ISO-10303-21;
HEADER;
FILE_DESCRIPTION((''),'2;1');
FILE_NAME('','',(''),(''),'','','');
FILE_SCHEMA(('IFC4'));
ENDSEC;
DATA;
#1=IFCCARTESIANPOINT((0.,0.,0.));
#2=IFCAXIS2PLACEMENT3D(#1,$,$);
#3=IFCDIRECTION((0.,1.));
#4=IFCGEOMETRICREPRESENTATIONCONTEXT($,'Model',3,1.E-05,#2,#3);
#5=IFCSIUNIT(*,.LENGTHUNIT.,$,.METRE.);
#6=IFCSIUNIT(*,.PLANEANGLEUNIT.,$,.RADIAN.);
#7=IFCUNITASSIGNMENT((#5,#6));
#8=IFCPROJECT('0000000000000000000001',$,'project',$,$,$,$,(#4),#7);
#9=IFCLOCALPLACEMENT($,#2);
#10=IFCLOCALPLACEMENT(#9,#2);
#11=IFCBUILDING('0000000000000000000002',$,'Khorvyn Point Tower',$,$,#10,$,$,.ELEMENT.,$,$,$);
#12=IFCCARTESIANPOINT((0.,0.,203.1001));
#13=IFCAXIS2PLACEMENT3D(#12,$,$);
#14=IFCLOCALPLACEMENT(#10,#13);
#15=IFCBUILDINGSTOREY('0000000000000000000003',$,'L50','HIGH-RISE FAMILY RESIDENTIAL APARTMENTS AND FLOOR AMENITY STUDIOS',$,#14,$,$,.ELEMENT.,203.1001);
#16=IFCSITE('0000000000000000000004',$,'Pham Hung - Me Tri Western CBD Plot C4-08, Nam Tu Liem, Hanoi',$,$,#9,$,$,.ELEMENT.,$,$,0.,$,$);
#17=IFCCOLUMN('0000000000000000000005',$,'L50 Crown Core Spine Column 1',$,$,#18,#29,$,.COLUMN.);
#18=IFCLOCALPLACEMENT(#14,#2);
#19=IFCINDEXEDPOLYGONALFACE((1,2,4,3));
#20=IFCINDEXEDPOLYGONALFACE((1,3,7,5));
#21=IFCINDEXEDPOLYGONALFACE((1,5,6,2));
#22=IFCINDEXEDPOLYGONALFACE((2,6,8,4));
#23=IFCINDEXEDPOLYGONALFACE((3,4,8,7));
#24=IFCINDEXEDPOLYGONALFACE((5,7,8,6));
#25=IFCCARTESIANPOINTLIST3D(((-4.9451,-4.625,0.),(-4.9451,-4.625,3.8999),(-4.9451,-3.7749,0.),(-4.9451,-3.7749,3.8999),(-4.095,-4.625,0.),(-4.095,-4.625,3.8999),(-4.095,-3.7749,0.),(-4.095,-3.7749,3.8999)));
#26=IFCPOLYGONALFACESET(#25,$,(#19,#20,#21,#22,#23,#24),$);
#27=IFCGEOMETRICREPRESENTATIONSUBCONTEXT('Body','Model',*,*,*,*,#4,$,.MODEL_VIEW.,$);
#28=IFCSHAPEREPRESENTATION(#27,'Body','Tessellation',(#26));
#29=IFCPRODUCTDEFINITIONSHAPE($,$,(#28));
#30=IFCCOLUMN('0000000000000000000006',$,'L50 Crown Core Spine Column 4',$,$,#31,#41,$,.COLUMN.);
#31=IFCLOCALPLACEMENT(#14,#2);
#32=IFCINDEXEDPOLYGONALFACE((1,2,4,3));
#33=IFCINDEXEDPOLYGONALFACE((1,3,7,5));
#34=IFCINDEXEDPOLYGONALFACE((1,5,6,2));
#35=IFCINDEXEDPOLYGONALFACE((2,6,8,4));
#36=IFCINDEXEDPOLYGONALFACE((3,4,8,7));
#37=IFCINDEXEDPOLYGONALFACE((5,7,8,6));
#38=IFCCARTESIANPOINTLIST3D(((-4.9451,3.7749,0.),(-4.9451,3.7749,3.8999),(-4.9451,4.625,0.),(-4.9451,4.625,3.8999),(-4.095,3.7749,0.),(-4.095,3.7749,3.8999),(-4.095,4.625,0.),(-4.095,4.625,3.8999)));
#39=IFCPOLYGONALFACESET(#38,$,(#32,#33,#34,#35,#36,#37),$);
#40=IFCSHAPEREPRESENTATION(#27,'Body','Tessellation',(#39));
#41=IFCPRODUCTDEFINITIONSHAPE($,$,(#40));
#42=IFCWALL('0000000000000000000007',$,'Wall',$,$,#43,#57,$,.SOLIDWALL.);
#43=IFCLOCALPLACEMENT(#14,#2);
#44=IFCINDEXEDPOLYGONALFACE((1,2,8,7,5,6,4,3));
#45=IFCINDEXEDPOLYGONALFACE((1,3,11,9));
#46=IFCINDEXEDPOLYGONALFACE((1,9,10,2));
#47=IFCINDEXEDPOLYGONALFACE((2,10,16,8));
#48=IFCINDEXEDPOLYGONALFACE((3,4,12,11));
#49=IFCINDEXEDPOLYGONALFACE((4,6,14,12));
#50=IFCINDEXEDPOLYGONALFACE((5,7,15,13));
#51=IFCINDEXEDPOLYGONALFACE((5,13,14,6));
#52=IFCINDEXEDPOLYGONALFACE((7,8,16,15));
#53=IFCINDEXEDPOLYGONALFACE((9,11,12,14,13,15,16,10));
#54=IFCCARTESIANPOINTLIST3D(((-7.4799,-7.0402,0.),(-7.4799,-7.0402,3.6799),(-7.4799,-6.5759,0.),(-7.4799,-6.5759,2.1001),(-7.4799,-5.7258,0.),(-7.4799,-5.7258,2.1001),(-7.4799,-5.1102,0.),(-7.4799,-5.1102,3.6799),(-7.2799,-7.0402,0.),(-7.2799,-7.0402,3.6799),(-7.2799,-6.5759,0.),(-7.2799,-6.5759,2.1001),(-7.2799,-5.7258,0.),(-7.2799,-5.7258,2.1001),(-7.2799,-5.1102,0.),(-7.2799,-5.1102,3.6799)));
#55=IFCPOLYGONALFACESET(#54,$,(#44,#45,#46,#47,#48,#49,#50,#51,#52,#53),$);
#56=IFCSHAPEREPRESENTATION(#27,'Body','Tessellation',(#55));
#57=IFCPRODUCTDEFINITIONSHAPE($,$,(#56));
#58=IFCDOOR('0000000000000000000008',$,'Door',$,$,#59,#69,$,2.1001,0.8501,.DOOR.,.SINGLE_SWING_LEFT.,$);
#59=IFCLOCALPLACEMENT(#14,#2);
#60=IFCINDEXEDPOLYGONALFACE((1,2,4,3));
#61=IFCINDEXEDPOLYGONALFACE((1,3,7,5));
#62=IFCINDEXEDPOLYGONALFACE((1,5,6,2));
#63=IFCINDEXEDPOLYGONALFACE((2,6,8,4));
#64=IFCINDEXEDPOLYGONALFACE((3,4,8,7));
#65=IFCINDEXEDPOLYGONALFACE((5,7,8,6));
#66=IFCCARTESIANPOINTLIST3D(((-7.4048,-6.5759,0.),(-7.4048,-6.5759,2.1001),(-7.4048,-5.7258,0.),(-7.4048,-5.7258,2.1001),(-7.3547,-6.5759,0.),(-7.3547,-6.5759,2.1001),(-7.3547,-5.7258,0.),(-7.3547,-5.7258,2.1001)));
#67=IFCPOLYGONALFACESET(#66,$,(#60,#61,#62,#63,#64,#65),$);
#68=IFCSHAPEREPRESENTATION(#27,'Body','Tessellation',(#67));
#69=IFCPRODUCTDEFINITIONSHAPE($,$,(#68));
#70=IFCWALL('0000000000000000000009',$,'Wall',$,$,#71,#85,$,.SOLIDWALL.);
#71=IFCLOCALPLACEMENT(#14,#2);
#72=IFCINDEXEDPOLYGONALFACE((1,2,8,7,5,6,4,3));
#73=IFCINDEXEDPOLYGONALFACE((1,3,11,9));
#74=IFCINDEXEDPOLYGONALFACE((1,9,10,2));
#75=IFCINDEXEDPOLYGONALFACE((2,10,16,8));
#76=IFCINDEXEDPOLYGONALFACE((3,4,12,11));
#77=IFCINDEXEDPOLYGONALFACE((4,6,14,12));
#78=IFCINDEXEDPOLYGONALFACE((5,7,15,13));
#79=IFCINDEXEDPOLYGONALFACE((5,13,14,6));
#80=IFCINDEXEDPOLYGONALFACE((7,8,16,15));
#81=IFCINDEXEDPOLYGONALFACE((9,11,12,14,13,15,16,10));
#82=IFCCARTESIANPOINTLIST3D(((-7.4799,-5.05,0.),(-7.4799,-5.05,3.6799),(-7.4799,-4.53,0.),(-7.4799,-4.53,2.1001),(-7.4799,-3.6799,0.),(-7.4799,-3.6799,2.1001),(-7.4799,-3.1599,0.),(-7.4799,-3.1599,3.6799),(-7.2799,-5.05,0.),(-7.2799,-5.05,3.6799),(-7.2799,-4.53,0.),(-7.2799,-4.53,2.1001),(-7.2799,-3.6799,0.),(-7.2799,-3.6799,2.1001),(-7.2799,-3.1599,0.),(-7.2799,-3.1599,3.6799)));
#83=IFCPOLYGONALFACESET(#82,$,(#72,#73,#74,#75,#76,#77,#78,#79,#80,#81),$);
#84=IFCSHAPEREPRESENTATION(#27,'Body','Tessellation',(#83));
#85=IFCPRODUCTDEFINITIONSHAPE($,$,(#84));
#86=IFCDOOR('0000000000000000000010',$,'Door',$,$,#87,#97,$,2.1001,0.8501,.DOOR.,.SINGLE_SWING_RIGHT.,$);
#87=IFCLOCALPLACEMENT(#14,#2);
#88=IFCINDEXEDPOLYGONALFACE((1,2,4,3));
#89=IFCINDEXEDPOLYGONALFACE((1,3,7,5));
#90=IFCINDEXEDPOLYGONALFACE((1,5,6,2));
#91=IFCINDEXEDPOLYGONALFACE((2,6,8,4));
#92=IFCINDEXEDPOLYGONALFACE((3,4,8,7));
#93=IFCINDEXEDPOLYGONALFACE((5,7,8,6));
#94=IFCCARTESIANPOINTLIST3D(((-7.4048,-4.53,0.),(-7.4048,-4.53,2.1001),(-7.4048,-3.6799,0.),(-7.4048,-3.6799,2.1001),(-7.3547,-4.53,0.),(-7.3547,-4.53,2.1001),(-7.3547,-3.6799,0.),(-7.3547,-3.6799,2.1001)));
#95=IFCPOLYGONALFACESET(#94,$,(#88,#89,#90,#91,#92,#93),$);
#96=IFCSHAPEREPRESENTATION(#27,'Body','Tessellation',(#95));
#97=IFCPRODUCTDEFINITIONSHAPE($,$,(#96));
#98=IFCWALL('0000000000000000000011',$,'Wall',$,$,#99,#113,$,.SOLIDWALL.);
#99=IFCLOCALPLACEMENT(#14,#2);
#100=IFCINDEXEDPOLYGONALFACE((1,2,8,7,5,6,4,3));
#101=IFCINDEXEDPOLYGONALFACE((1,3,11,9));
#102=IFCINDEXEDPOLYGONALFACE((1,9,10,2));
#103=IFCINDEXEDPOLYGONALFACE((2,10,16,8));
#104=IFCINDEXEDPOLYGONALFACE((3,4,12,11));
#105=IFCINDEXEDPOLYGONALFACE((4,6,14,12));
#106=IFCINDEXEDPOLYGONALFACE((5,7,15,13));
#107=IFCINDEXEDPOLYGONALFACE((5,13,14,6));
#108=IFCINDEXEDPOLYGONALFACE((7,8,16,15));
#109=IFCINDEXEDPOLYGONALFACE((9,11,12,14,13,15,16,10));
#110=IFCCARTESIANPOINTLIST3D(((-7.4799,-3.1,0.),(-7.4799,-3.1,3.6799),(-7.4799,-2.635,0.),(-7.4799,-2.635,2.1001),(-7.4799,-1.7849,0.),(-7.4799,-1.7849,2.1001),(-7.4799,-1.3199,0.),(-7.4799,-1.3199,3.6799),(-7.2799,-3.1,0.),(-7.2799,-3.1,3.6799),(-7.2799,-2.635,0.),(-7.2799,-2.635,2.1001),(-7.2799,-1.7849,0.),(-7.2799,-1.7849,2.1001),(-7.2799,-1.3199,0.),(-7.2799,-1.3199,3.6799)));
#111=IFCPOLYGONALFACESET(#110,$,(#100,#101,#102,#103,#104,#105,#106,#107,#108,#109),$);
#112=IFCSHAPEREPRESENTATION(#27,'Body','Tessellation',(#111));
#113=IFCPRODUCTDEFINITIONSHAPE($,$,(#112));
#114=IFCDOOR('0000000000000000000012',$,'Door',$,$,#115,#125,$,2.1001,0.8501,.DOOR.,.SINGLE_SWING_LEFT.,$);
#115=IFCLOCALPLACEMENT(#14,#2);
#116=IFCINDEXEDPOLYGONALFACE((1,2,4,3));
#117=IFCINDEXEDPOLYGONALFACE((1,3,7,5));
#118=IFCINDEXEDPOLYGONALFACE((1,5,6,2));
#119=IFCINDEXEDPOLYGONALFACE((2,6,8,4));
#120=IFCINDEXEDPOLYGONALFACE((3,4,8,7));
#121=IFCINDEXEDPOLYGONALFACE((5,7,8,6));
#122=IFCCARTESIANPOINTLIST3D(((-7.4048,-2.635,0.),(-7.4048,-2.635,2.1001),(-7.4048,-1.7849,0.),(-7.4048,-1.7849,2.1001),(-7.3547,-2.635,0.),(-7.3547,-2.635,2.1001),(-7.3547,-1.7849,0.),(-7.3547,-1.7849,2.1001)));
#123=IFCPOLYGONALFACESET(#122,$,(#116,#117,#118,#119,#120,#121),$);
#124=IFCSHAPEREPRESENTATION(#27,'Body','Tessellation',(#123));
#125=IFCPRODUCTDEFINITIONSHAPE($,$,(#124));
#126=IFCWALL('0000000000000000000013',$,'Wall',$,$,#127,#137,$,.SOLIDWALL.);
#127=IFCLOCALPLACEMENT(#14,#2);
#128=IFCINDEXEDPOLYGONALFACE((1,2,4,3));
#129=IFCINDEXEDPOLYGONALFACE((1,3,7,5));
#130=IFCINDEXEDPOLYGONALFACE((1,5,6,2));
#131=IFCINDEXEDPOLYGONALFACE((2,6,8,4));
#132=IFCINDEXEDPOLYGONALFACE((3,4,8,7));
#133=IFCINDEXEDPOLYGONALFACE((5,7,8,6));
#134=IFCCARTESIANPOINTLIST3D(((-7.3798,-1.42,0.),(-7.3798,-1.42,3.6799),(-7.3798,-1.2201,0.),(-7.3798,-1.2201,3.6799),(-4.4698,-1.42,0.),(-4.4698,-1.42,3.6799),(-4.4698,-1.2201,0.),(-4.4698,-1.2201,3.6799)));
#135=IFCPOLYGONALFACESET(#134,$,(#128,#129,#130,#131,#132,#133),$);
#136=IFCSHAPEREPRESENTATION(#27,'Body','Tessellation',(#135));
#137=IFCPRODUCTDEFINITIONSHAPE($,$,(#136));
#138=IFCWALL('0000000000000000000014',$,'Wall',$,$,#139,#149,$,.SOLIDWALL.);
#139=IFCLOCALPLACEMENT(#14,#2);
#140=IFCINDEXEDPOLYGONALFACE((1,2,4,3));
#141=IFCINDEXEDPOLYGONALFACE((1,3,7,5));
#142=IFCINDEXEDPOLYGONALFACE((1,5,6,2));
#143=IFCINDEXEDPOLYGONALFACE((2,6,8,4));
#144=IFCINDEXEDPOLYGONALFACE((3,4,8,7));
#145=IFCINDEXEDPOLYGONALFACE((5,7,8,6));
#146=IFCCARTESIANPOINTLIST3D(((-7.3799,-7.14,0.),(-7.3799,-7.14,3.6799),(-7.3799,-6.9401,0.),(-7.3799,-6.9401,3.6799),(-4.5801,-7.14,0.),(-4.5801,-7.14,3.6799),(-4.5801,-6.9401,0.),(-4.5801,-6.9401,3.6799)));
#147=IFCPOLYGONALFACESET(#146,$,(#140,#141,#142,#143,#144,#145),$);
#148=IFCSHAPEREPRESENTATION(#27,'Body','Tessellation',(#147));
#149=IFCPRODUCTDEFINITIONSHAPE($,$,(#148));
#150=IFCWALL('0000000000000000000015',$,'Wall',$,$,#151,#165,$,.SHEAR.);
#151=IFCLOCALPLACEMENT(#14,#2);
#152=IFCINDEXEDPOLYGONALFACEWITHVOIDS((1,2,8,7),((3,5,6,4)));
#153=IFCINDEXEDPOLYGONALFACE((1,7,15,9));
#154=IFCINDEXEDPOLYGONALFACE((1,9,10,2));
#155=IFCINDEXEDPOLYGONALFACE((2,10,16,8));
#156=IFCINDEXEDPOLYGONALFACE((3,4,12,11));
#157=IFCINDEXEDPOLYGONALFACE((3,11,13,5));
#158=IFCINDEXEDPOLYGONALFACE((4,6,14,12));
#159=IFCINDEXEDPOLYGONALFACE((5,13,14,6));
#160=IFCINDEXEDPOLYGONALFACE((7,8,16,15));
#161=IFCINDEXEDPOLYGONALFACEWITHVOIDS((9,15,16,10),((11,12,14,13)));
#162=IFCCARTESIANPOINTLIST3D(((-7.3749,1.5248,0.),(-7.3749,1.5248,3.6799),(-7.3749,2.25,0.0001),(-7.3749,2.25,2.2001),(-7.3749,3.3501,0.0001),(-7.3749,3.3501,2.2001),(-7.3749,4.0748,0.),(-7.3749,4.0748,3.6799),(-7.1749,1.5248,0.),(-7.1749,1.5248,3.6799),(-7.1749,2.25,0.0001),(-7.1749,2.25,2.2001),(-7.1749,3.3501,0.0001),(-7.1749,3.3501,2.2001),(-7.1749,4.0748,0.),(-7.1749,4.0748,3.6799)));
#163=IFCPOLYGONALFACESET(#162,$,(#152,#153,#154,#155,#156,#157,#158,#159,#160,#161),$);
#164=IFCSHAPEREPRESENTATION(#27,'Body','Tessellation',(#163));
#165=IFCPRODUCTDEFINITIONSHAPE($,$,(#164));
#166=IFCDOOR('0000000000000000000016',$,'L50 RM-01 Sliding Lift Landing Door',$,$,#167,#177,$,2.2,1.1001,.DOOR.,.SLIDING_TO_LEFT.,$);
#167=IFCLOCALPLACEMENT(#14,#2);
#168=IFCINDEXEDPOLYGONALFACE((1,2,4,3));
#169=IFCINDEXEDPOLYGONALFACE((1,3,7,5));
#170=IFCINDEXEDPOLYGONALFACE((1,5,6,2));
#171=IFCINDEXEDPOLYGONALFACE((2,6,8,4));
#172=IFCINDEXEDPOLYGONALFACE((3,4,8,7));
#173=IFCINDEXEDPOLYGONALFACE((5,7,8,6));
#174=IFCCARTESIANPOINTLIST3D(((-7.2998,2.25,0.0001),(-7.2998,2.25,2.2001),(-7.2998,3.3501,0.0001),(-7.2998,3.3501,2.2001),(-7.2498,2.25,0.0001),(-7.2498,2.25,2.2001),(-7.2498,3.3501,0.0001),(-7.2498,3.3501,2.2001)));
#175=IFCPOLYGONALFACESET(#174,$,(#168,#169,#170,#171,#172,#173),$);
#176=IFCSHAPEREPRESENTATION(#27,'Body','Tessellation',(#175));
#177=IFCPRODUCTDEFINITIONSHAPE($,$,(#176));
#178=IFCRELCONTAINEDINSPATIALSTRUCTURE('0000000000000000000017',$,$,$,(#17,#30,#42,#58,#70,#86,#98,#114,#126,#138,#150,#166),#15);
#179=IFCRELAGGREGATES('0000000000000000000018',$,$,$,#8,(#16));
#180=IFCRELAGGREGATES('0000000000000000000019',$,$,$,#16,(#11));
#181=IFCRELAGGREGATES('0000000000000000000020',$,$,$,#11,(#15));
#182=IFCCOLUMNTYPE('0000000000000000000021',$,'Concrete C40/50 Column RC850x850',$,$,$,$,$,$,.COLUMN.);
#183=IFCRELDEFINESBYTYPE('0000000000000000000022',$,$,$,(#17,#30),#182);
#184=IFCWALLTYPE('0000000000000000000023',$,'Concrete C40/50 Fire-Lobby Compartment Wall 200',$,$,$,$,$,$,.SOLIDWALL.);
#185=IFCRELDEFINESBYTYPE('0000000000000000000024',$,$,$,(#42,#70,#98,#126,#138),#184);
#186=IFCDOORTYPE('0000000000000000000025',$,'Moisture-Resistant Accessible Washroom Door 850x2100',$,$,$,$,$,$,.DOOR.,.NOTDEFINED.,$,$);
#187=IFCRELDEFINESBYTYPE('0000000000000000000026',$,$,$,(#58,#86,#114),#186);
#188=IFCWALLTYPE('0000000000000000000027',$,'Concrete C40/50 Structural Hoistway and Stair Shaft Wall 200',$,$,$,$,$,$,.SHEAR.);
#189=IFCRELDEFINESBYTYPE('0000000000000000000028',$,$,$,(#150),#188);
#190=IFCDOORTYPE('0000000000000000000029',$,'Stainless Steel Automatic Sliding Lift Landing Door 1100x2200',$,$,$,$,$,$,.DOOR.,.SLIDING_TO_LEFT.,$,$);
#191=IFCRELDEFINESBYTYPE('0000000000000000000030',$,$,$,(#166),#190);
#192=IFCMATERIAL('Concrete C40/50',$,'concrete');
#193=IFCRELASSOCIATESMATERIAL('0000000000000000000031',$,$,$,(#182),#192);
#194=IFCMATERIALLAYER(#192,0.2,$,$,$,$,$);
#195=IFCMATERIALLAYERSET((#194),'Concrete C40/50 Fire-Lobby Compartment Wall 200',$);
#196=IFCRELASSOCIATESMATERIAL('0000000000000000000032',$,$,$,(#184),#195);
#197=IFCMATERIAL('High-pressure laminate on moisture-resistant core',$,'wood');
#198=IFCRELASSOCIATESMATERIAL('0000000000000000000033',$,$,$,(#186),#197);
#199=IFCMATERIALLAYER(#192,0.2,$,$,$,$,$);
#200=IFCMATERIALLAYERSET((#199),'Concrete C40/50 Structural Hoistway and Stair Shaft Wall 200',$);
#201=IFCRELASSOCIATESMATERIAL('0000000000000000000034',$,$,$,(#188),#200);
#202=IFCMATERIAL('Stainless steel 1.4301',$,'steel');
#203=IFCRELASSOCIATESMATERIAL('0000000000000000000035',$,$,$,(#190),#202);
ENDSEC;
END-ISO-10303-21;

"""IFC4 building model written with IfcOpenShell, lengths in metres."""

from ifc_helpers import new_model, si_unit, direction, frame, frame_2d, origin, origin_2d, place, context, subcontext, project, spatial, rectangle, extrude, material, layer, layer_set, material_profile, profile_set, type_object, element, fill, save


model = new_model("IFC4")

# Units and contexts
model_context = context("Model", 3, precision=1e-05, world=origin(), true_north=direction((0.0, 1.0)))
body_context = subcontext(model_context, "Body", "Model", "MODEL_VIEW")
ifc_project = project(units=[si_unit("LENGTHUNIT", "METRE"), si_unit("PLANEANGLEUNIT", "RADIAN")], contexts=[model_context])

# Site, building, storey
site_placement = place(None, origin())
site = spatial("IfcSite", under=ifc_project, at=site_placement, Name="Pham Hung - Me Tri Western CBD Plot C4-08, Nam Tu Liem, Hanoi", CompositionType="ELEMENT", RefElevation=0.0)
building_placement = place(site_placement, origin())
building = spatial("IfcBuilding", under=site, at=building_placement, Name="Khorvyn Point Tower", CompositionType="ELEMENT")
storey_placement = place(building_placement, frame((0.0, 0.0, 203.1001)))
storey = spatial("IfcBuildingStorey", under=building, at=storey_placement, Name="L50", Description="HIGH-RISE FAMILY RESIDENTIAL APARTMENTS AND FLOOR AMENITY STUDIOS", CompositionType="ELEMENT", Elevation=203.1001)

# Columns
ifc_material_1 = material(Name="Concrete C40/50", Category="concrete")
ifc_material_profile = material_profile(ifc_material_1, rectangle(XDim=0.8501, YDim=0.8501, at=origin_2d()))
ifc_profile_set = profile_set([ifc_material_profile], Name="Concrete C40/50 RC850x850")
column_type = type_object("IfcColumnType", Name="Concrete C40/50 Column RC850x850", PredefinedType="COLUMN", material=ifc_profile_set)
for number, where, z_axis, x_axis, name in (
    (1, (-4.52, -4.2, 0.0), (0.0, 0.0, 1.0), (1.0, 0.0, 0.0), "L50 Crown Core Spine Column 1"),
    (2, (-4.52, 4.2, 0.0), (0.0, 0.0, 1.0), (1.0, 0.0, 0.0), "L50 Crown Core Spine Column 4"),
):
    element("IfcColumn", number, at=place(storey_placement, frame(where, z_axis=z_axis, x_axis=x_axis)), inside=storey, type_object=column_type, Name=name, PredefinedType="COLUMN", context=body_context, shape_type="SweptSolid", body=[
        extrude(rectangle(XDim=0.8501, YDim=0.8501, at=origin_2d()), origin(), (0.0, 0.0, 1.0), 3.8999),
    ])

# Walls, openings, doors
ifc_layer_1 = layer(ifc_material_1, 0.2)
ifc_layer_set_1 = layer_set([ifc_layer_1], Name="Concrete C40/50 Fire-Lobby Compartment Wall 200")
wall_type_1 = type_object("IfcWallType", Name="Concrete C40/50 Fire-Lobby Compartment Wall 200", PredefinedType="SOLIDWALL", material=ifc_layer_set_1)
wall_1_placement = place(storey_placement, frame((-7.3799, -7.04, 0.0), z_axis=(0.0, 0.0, 1.0), x_axis=(0.0, 1.0, 0.0)))
wall_1 = element("IfcWall", 3, at=wall_1_placement, inside=storey, type_object=wall_type_1, Name="Wall", PredefinedType="SOLIDWALL", context=body_context, shape_type="SweptSolid", body=[
    extrude(rectangle(XDim=1.9299, YDim=0.2, at=frame_2d((0.9648, 0.0))), origin(), (0.0, 0.0, 1.0), 3.6799),
])
opening_1_placement = place(wall_1_placement, frame((0.4641, 0.0, 0.0)))
opening_1 = element("IfcOpeningElement", 4, at=opening_1_placement, cuts=wall_1, PredefinedType="OPENING", context=body_context, shape_type="SweptSolid", body=[
    extrude(rectangle(XDim=0.8501, YDim=2.1001, at=frame_2d((0.425, 1.05))), frame((0.0, 0.1099, 0.0), z_axis=(0.0, -1.0, 0.0), x_axis=(1.0, 0.0, 0.0)), (0.0, 0.0, 1.0), 0.22),
])
ifc_material_2 = material(Name="High-pressure laminate on moisture-resistant core", Category="wood")
door_type_1 = type_object("IfcDoorType", Name="Moisture-Resistant Accessible Washroom Door 850x2100", OperationType="NOTDEFINED", PredefinedType="DOOR", material=ifc_material_2)
door_1_placement = place(opening_1_placement, origin())
door_1 = element("IfcDoor", 5, at=door_1_placement, inside=storey, type_object=door_type_1, Name="Door", OperationType="SINGLE_SWING_LEFT", OverallHeight=2.1001, OverallWidth=0.8501, PredefinedType="DOOR", context=body_context, shape_type="SweptSolid", body=[
    extrude(rectangle(XDim=0.8501, YDim=2.1001, at=frame_2d((0.425, 1.05))), frame((0.0, 0.0249, 0.0), z_axis=(0.0, -1.0, 0.0), x_axis=(1.0, 0.0, 0.0)), (0.0, 0.0, 1.0), 0.05),
])
fill(opening_1, door_1)
wall_2_placement = place(storey_placement, frame((-7.3799, -5.05, 0.0), z_axis=(0.0, 0.0, 1.0), x_axis=(0.0, 1.0, 0.0)))
wall_2 = element("IfcWall", 6, at=wall_2_placement, inside=storey, type_object=wall_type_1, Name="Wall", PredefinedType="SOLIDWALL", context=body_context, shape_type="SweptSolid", body=[
    extrude(rectangle(XDim=1.8901, YDim=0.2, at=frame_2d((0.9451, 0.0))), origin(), (0.0, 0.0, 1.0), 3.6799),
])
opening_2_placement = place(wall_2_placement, frame((0.52, 0.0, 0.0)))
opening_2 = element("IfcOpeningElement", 7, at=opening_2_placement, cuts=wall_2, PredefinedType="OPENING", context=body_context, shape_type="SweptSolid", body=[
    extrude(rectangle(XDim=0.8501, YDim=2.1001, at=frame_2d((0.425, 1.05))), frame((0.0, 0.1099, 0.0), z_axis=(0.0, -1.0, 0.0), x_axis=(1.0, 0.0, 0.0)), (0.0, 0.0, 1.0), 0.22),
])
door_2_placement = place(opening_2_placement, origin())
door_2 = element("IfcDoor", 8, at=door_2_placement, inside=storey, type_object=door_type_1, Name="Door", OperationType="SINGLE_SWING_RIGHT", OverallHeight=2.1001, OverallWidth=0.8501, PredefinedType="DOOR", context=body_context, shape_type="SweptSolid", body=[
    extrude(rectangle(XDim=0.8501, YDim=2.1001, at=frame_2d((0.425, 1.05))), frame((0.0, 0.0249, 0.0), z_axis=(0.0, -1.0, 0.0), x_axis=(1.0, 0.0, 0.0)), (0.0, 0.0, 1.0), 0.05),
])
fill(opening_2, door_2)
wall_3_placement = place(storey_placement, frame((-7.3799, -3.1001, 0.0), z_axis=(0.0, 0.0, 1.0), x_axis=(0.0, 1.0, 0.0)))
wall_3 = element("IfcWall", 9, at=wall_3_placement, inside=storey, type_object=wall_type_1, Name="Wall", PredefinedType="SOLIDWALL", context=body_context, shape_type="SweptSolid", body=[
    extrude(rectangle(XDim=1.78, YDim=0.2, at=frame_2d((0.8901, 0.0))), origin(), (0.0, 0.0, 1.0), 3.6799),
])
opening_3_placement = place(wall_3_placement, frame((0.4651, 0.0, 0.0)))
opening_3 = element("IfcOpeningElement", 10, at=opening_3_placement, cuts=wall_3, PredefinedType="OPENING", context=body_context, shape_type="SweptSolid", body=[
    extrude(rectangle(XDim=0.8501, YDim=2.1001, at=frame_2d((0.425, 1.05))), frame((0.0, 0.1099, 0.0), z_axis=(0.0, -1.0, 0.0), x_axis=(1.0, 0.0, 0.0)), (0.0, 0.0, 1.0), 0.22),
])
door_3_placement = place(opening_3_placement, origin())
door_3 = element("IfcDoor", 11, at=door_3_placement, inside=storey, type_object=door_type_1, Name="Door", OperationType="SINGLE_SWING_LEFT", OverallHeight=2.1001, OverallWidth=0.8501, PredefinedType="DOOR", context=body_context, shape_type="SweptSolid", body=[
    extrude(rectangle(XDim=0.8501, YDim=2.1001, at=frame_2d((0.425, 1.05))), frame((0.0, 0.0249, 0.0), z_axis=(0.0, -1.0, 0.0), x_axis=(1.0, 0.0, 0.0)), (0.0, 0.0, 1.0), 0.05),
])
fill(opening_3, door_3)

# Walls
wall_4_placement = place(storey_placement, frame((-7.3799, -1.3201, 0.0), z_axis=(0.0, 0.0, 1.0), x_axis=(1.0, 0.0, 0.0)))
element("IfcWall", 12, at=wall_4_placement, inside=storey, type_object=wall_type_1, Name="Wall", PredefinedType="SOLIDWALL", context=body_context, shape_type="SweptSolid", body=[
    extrude(rectangle(XDim=2.9099, YDim=0.2, at=frame_2d((1.4551, 0.0))), origin(), (0.0, 0.0, 1.0), 3.6799),
])
wall_5_placement = place(storey_placement, frame((-7.3799, -7.04, 0.0), z_axis=(0.0, 0.0, 1.0), x_axis=(1.0, 0.0, 0.0)))
element("IfcWall", 13, at=wall_5_placement, inside=storey, type_object=wall_type_1, Name="Wall", PredefinedType="SOLIDWALL", context=body_context, shape_type="SweptSolid", body=[
    extrude(rectangle(XDim=2.7998, YDim=0.2, at=frame_2d((1.3999, 0.0))), origin(), (0.0, 0.0, 1.0), 3.6799),
])

# Wall, opening, door
ifc_layer_2 = layer(ifc_material_1, 0.2)
ifc_layer_set_2 = layer_set([ifc_layer_2], Name="Concrete C40/50 Structural Hoistway and Stair Shaft Wall 200")
wall_type_2 = type_object("IfcWallType", Name="Concrete C40/50 Structural Hoistway and Stair Shaft Wall 200", PredefinedType="SHEAR", material=ifc_layer_set_2)
wall_6_placement = place(storey_placement, frame((-7.2749, 1.5249, 0.0), z_axis=(0.0, 0.0, 1.0), x_axis=(0.0, 1.0, 0.0)))
wall_6 = element("IfcWall", 14, at=wall_6_placement, inside=storey, type_object=wall_type_2, Name="Wall", PredefinedType="SHEAR", context=body_context, shape_type="SweptSolid", body=[
    extrude(rectangle(XDim=2.55, YDim=0.2, at=frame_2d((1.2749, 0.0))), origin(), (0.0, 0.0, 1.0), 3.6799),
])
opening_4_placement = place(wall_6_placement, frame((0.7251, 0.0, 0.0)))
opening_4 = element("IfcOpeningElement", 15, at=opening_4_placement, cuts=wall_6, PredefinedType="OPENING", context=body_context, shape_type="SweptSolid", body=[
    extrude(rectangle(XDim=1.1001, YDim=2.2, at=frame_2d((0.55, 1.1001))), frame((0.0, 0.1099, 0.0), z_axis=(0.0, -1.0, 0.0), x_axis=(1.0, 0.0, 0.0)), (0.0, 0.0, 1.0), 0.22),
])
ifc_material_3 = material(Name="Stainless steel 1.4301", Category="steel")
door_type_2 = type_object("IfcDoorType", Name="Stainless Steel Automatic Sliding Lift Landing Door 1100x2200", OperationType="SLIDING_TO_LEFT", PredefinedType="DOOR", material=ifc_material_3)
door_4_placement = place(opening_4_placement, origin())
door_4 = element("IfcDoor", 16, at=door_4_placement, inside=storey, type_object=door_type_2, Name="L50 RM-01 Sliding Lift Landing Door", OperationType="SLIDING_TO_LEFT", OverallHeight=2.2, OverallWidth=1.1001, PredefinedType="DOOR", context=body_context, shape_type="SweptSolid", body=[
    extrude(rectangle(XDim=1.1001, YDim=2.2, at=frame_2d((0.55, 1.1001))), frame((0.0, 0.0249, 0.0), z_axis=(0.0, -1.0, 0.0), x_axis=(1.0, 0.0, 0.0)), (0.0, 0.0, 1.0), 0.05),
])
fill(opening_4, door_4)

save(model, "model.ifc")
